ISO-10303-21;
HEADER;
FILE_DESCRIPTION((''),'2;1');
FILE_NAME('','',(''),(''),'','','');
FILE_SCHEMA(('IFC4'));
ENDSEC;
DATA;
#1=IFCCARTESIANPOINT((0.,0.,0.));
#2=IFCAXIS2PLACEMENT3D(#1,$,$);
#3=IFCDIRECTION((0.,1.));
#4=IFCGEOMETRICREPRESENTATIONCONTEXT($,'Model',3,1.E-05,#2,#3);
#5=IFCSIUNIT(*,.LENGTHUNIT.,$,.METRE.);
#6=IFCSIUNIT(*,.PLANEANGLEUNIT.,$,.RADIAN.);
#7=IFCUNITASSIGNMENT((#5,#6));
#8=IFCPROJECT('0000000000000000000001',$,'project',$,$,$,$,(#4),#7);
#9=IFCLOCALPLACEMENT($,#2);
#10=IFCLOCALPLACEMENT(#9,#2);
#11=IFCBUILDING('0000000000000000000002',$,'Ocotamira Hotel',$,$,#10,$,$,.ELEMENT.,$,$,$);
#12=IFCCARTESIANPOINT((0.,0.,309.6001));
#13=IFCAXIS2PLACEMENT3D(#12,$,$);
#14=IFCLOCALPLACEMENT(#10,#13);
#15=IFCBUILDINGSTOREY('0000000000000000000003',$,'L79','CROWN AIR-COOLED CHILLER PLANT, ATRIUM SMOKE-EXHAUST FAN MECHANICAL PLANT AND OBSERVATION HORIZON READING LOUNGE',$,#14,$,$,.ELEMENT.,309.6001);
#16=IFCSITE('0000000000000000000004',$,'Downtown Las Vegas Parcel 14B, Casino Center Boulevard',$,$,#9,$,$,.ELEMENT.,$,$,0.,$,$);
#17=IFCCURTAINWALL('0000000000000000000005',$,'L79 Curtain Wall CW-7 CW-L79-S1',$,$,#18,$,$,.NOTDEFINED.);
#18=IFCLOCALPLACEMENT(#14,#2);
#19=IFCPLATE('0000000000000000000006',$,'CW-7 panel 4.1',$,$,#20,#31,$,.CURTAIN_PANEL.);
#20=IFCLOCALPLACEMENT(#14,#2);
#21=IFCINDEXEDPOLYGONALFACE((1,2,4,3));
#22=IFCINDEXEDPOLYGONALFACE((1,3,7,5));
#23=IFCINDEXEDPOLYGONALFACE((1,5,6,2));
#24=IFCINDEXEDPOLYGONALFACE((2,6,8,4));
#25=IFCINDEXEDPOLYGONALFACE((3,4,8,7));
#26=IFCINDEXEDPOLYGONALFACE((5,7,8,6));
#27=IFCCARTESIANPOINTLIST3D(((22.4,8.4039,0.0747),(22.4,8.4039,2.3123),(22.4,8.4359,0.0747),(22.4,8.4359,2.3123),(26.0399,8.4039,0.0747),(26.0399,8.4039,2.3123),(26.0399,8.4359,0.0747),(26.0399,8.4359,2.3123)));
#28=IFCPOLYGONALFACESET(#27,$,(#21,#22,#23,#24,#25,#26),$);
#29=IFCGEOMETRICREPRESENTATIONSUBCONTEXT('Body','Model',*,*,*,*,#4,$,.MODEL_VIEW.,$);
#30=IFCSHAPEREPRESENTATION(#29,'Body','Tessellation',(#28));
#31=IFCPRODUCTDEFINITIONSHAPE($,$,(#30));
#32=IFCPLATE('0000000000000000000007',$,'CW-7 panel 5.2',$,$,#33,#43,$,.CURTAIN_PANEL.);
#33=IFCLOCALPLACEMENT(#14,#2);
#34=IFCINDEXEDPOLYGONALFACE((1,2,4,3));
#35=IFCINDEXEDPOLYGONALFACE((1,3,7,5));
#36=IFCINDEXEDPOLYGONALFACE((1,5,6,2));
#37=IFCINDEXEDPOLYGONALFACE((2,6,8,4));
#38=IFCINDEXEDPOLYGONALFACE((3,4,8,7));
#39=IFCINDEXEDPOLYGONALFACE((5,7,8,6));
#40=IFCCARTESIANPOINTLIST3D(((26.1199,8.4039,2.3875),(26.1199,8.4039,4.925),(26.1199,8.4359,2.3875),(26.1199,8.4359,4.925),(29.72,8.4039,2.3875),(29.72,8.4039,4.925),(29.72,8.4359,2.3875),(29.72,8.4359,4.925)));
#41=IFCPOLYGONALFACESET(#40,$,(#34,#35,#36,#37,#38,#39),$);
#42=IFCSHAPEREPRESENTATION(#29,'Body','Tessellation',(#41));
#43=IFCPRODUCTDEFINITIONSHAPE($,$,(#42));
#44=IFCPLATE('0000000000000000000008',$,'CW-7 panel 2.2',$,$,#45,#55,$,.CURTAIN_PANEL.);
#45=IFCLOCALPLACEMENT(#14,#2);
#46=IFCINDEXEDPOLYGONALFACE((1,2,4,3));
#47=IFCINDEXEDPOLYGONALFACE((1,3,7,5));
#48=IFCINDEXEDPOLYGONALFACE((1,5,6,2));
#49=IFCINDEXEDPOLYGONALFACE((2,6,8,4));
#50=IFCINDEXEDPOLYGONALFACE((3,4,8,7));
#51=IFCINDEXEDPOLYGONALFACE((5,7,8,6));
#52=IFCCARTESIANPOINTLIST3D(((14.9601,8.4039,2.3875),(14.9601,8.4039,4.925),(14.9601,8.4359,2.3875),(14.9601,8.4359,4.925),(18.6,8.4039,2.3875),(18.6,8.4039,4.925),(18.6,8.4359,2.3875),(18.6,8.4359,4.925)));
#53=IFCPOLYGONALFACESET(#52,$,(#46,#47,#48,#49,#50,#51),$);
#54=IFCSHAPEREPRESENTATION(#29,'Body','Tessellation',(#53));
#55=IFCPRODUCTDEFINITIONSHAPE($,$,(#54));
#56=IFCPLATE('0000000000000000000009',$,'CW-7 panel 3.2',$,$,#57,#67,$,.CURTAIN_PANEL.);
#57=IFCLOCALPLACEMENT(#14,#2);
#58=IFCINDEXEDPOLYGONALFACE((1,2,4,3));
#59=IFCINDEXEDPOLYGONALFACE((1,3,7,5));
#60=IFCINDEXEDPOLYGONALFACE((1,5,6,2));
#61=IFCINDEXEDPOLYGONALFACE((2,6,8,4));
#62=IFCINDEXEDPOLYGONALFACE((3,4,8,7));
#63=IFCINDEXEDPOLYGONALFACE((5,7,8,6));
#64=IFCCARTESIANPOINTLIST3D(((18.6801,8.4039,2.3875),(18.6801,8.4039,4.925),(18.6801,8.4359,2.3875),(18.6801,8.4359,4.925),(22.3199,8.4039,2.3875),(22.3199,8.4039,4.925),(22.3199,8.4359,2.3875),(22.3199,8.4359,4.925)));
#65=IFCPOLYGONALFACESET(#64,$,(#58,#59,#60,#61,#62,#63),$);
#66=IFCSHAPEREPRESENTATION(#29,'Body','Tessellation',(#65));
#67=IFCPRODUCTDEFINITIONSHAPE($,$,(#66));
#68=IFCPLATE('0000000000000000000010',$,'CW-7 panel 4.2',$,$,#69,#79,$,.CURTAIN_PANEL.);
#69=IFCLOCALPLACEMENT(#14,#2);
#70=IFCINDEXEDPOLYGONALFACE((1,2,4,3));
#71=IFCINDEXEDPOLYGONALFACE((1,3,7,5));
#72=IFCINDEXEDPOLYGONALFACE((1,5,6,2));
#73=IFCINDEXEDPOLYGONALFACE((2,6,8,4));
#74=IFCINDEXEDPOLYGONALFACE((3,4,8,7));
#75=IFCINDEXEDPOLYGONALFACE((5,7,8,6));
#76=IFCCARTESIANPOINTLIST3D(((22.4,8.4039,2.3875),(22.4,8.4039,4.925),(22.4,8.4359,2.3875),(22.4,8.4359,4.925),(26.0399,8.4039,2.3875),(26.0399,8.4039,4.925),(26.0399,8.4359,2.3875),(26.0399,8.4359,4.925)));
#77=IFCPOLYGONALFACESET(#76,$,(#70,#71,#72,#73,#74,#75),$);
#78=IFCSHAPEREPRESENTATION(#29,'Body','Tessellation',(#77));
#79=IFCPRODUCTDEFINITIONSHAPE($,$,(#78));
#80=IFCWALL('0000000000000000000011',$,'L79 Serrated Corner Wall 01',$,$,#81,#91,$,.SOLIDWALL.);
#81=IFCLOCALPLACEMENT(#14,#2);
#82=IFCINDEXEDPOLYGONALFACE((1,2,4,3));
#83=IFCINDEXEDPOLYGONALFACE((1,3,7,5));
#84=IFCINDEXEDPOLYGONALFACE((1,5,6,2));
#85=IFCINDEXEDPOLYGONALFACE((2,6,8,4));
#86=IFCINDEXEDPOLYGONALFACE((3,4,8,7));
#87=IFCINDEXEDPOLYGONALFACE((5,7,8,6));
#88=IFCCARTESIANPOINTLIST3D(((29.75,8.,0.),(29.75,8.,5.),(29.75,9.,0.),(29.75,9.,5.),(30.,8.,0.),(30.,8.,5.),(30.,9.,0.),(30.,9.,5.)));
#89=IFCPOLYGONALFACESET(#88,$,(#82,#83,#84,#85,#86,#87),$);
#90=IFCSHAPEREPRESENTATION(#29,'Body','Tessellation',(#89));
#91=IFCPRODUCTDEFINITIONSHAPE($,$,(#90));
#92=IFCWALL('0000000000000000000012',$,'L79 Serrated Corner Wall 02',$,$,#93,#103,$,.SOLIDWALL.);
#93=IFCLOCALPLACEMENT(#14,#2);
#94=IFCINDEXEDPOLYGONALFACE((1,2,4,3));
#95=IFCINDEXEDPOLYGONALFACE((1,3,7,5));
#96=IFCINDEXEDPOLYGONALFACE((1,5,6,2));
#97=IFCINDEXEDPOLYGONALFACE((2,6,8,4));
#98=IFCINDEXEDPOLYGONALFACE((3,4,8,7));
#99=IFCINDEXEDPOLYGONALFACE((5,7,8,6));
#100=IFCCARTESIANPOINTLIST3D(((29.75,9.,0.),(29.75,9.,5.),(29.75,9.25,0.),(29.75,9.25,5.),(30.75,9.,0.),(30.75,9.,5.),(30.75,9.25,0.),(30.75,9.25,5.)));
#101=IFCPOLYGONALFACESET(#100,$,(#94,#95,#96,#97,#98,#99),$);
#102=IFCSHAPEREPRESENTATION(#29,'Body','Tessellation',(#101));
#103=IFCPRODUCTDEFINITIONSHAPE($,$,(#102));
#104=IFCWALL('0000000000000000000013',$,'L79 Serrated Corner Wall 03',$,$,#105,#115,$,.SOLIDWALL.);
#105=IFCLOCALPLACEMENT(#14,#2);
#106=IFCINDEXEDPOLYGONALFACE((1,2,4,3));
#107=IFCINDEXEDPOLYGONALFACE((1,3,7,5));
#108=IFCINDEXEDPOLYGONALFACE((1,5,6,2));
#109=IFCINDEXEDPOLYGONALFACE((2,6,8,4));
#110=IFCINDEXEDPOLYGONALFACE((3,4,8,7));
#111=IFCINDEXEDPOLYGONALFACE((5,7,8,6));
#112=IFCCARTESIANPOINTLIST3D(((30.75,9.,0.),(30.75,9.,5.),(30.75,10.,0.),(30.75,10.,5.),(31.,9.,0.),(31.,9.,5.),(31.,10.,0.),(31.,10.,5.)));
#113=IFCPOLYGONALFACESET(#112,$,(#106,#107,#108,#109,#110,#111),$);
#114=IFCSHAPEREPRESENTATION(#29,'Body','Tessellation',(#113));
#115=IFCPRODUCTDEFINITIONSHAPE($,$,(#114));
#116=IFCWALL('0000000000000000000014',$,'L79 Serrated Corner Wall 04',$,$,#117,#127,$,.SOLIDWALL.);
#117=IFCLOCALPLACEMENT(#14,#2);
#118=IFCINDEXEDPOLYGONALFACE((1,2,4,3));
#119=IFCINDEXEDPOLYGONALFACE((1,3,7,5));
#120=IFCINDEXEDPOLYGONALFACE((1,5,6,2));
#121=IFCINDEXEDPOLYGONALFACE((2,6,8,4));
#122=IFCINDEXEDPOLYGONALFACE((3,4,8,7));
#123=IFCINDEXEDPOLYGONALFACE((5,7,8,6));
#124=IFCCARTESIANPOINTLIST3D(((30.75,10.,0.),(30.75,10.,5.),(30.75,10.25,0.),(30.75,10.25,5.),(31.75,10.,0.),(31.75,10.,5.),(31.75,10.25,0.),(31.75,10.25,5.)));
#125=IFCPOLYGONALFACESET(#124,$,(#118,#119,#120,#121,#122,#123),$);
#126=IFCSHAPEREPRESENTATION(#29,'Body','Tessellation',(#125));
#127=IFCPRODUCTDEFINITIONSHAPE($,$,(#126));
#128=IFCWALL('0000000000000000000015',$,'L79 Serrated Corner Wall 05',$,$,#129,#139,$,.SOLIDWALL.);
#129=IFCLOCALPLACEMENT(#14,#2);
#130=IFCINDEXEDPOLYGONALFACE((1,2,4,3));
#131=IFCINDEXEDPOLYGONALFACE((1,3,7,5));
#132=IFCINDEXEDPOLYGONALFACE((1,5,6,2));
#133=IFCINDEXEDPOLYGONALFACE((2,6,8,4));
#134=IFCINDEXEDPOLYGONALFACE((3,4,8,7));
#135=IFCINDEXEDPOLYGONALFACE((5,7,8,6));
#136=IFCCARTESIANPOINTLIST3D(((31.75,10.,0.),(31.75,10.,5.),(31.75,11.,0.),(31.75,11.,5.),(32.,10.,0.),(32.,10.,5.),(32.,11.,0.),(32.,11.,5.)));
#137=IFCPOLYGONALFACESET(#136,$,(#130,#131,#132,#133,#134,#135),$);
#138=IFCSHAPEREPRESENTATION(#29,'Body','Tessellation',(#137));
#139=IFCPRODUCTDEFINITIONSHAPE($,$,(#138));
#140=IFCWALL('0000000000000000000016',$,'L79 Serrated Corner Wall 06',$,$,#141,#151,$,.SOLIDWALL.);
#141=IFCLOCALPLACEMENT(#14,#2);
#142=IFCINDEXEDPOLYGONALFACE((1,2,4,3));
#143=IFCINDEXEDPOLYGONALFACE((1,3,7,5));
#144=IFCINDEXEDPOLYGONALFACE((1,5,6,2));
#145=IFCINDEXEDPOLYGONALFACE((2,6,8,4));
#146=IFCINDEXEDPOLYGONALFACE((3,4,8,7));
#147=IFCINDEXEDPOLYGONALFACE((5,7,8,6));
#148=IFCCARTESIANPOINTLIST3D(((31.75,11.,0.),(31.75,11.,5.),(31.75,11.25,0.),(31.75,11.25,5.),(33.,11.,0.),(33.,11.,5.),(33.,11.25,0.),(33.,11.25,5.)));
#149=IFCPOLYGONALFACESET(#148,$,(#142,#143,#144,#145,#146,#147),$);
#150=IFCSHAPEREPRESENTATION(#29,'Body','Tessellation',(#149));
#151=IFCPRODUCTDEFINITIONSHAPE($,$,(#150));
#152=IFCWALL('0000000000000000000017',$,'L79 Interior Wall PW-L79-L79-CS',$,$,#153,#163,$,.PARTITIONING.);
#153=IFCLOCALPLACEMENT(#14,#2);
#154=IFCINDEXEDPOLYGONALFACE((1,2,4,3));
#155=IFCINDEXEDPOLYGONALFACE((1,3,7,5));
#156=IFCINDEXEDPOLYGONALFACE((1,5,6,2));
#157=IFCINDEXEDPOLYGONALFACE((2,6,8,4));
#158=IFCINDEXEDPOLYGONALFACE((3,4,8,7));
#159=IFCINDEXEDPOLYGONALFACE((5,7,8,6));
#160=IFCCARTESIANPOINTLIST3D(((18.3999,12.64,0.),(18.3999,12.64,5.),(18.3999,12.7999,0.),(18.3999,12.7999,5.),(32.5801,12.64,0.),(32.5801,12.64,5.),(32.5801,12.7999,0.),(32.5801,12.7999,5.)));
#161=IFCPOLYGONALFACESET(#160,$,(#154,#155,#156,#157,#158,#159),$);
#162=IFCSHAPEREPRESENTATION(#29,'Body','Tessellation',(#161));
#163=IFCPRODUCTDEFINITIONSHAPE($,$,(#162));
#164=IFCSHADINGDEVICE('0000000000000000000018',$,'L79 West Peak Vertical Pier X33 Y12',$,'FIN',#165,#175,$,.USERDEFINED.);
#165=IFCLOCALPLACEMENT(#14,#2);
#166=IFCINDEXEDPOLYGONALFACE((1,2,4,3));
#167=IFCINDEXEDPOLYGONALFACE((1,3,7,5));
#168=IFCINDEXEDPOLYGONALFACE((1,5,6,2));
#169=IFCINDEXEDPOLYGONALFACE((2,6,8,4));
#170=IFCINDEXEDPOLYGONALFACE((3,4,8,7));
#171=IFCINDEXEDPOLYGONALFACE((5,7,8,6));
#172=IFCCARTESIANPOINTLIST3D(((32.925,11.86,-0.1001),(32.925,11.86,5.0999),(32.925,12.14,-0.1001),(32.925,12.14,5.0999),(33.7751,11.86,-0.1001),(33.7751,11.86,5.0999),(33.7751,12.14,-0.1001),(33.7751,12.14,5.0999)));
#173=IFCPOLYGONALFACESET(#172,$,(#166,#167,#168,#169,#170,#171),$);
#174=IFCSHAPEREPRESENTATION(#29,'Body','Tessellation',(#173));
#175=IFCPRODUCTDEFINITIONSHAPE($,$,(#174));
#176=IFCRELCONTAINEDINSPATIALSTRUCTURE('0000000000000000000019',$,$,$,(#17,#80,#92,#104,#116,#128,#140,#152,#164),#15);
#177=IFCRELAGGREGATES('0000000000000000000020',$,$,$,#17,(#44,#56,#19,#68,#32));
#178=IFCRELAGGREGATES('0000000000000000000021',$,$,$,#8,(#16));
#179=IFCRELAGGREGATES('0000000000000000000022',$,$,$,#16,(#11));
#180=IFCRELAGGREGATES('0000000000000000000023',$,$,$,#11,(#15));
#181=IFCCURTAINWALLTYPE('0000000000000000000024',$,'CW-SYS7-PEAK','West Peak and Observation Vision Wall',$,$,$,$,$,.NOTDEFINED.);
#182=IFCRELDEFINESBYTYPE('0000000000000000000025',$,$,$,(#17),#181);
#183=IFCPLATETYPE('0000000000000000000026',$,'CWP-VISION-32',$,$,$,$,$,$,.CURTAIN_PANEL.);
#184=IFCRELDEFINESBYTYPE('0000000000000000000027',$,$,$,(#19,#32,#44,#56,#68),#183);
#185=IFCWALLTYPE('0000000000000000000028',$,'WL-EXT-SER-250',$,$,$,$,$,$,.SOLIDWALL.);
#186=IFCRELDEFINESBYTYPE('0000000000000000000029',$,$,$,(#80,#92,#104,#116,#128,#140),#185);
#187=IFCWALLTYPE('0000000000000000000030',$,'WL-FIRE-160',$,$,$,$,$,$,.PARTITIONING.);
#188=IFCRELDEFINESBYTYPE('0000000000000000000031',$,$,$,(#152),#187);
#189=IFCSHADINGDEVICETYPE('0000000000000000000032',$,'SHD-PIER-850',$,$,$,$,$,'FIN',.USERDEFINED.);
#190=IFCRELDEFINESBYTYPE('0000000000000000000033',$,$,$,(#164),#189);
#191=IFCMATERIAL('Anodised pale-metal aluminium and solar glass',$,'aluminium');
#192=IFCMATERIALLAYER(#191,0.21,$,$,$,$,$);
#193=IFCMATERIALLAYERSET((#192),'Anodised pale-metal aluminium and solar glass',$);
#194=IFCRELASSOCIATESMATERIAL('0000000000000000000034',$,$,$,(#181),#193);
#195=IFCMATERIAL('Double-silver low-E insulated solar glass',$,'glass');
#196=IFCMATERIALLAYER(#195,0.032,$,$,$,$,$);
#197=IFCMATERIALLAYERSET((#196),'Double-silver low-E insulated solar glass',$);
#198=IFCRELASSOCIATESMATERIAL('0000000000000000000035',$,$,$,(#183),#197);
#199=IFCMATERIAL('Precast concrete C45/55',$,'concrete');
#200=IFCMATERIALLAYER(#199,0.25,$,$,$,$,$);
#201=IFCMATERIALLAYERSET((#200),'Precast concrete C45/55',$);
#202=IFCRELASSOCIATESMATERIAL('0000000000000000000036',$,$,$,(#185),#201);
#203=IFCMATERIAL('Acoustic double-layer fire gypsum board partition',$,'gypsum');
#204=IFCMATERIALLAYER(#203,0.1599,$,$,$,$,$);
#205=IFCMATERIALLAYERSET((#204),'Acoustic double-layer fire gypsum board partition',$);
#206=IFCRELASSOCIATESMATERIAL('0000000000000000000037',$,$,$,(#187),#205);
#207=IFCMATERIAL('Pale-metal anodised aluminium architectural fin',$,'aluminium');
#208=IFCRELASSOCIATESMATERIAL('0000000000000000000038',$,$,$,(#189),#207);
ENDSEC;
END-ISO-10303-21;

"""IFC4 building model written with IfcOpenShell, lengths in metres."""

from ifc_helpers import new_model, si_unit, direction, frame, frame_2d, origin, origin_2d, place, context, subcontext, project, spatial, rectangle, extrude, source, transform, mapped, material, layer, layer_set, type_object, element, aggregate, save


model = new_model("IFC4")

# Units and contexts
model_context = context("Model", 3, precision=1e-05, world=origin(), true_north=direction((0.0, 1.0)))
body_context = subcontext(model_context, "Body", "Model", "MODEL_VIEW")
ifc_project = project(units=[si_unit("LENGTHUNIT", "METRE"), si_unit("PLANEANGLEUNIT", "RADIAN")], contexts=[model_context])

# Site, building, storey
site_placement = place(None, origin())
site = spatial("IfcSite", under=ifc_project, at=site_placement, Name="Downtown Las Vegas Parcel 14B, Casino Center Boulevard", CompositionType="ELEMENT", RefElevation=0.0)
building_placement = place(site_placement, origin())
building = spatial("IfcBuilding", under=site, at=building_placement, Name="Ocotamira Hotel", CompositionType="ELEMENT")
storey_placement = place(building_placement, frame((0.0, 0.0, 309.6001)))
storey = spatial("IfcBuildingStorey", under=building, at=storey_placement, Name="L79", Description="CROWN AIR-COOLED CHILLER PLANT, ATRIUM SMOKE-EXHAUST FAN MECHANICAL PLANT AND OBSERVATION HORIZON READING LOUNGE", CompositionType="ELEMENT", Elevation=309.6001)

# Curtain wall
ifc_material_1 = material(Name="Anodised pale-metal aluminium and solar glass", Category="aluminium")
ifc_layer_1 = layer(ifc_material_1, 0.21)
ifc_layer_set_1 = layer_set([ifc_layer_1], Name="Anodised pale-metal aluminium and solar glass")
curtain_wall_type = type_object("IfcCurtainWallType", Name="CW-SYS7-PEAK", Description="West Peak and Observation Vision Wall", PredefinedType="NOTDEFINED", material=ifc_layer_set_1)
curtain_wall_1_placement = place(storey_placement, origin())
curtain_wall_1 = element("IfcCurtainWall", 1, at=curtain_wall_1_placement, inside=storey, type_object=curtain_wall_type, Name="L79 Curtain Wall CW-7 CW-L79-S1", PredefinedType="NOTDEFINED")

# Plates
ifc_material_2 = material(Name="Double-silver low-E insulated solar glass", Category="glass")
ifc_layer_2 = layer(ifc_material_2, 0.032)
ifc_layer_set_2 = layer_set([ifc_layer_2], Name="Double-silver low-E insulated solar glass")
plate_type = type_object("IfcPlateType", Name="CWP-VISION-32", PredefinedType="CURTAIN_PANEL", material=ifc_layer_set_2)
shared_shape_1 = source(origin(), body_context, "Body", "SweptSolid", [
    extrude(rectangle(XDim=3.6399, YDim=0.032, at=origin_2d()), origin(), (0.0, 0.0, 1.0), 2.2375),
])
plate_1_placement = place(storey_placement, frame((24.22, 8.4199, 0.0747), z_axis=(0.0, 0.0, 1.0), x_axis=(1.0, 0.0, 0.0)))
plate_1 = element("IfcPlate", 2, at=plate_1_placement, type_object=plate_type, Name="CW-7 panel 4.1", PredefinedType="CURTAIN_PANEL", context=body_context, shape_type="MappedRepresentation", body=[
    mapped(shared_shape_1, transform((0.0, 0.0, 0.0), scale=1.0)),
])
shared_shape_2 = source(origin(), body_context, "Body", "SweptSolid", [
    extrude(rectangle(XDim=3.6001, YDim=0.032, at=origin_2d()), origin(), (0.0, 0.0, 1.0), 2.5376),
])
plate_2_placement = place(storey_placement, frame((27.9199, 8.4199, 2.3875), z_axis=(0.0, 0.0, 1.0), x_axis=(1.0, 0.0, 0.0)))
plate_2 = element("IfcPlate", 3, at=plate_2_placement, type_object=plate_type, Name="CW-7 panel 5.2", PredefinedType="CURTAIN_PANEL", context=body_context, shape_type="MappedRepresentation", body=[
    mapped(shared_shape_2, transform((0.0, 0.0, 0.0), scale=1.0)),
])
shared_shape_3 = source(origin(), body_context, "Body", "SweptSolid", [
    extrude(rectangle(XDim=3.6399, YDim=0.032, at=origin_2d()), origin(), (0.0, 0.0, 1.0), 2.5376),
])
plate_3_placement = place(storey_placement, frame((16.78, 8.4199, 2.3875), z_axis=(0.0, 0.0, 1.0), x_axis=(1.0, 0.0, 0.0)))
plate_3 = element("IfcPlate", 4, at=plate_3_placement, type_object=plate_type, Name="CW-7 panel 2.2", PredefinedType="CURTAIN_PANEL", context=body_context, shape_type="MappedRepresentation", body=[
    mapped(shared_shape_3, transform((0.0, 0.0, 0.0), scale=1.0)),
])
plate_4_placement = place(storey_placement, frame((20.5, 8.4199, 2.3875), z_axis=(0.0, 0.0, 1.0), x_axis=(1.0, 0.0, 0.0)))
plate_4 = element("IfcPlate", 5, at=plate_4_placement, type_object=plate_type, Name="CW-7 panel 3.2", PredefinedType="CURTAIN_PANEL", context=body_context, shape_type="MappedRepresentation", body=[
    mapped(shared_shape_3, transform((0.0, 0.0, 0.0), scale=1.0)),
])
plate_5_placement = place(storey_placement, frame((24.22, 8.4199, 2.3875), z_axis=(0.0, 0.0, 1.0), x_axis=(1.0, 0.0, 0.0)))
plate_5 = element("IfcPlate", 6, at=plate_5_placement, type_object=plate_type, Name="CW-7 panel 4.2", PredefinedType="CURTAIN_PANEL", context=body_context, shape_type="MappedRepresentation", body=[
    mapped(shared_shape_3, transform((0.0, 0.0, 0.0), scale=1.0)),
])
aggregate(curtain_wall_1, [plate_3, plate_4, plate_1, plate_5, plate_2])

# Walls
ifc_material_3 = material(Name="Precast concrete C45/55", Category="concrete")
ifc_layer_3 = layer(ifc_material_3, 0.25)
ifc_layer_set_3 = layer_set([ifc_layer_3], Name="Precast concrete C45/55")
wall_type_1 = type_object("IfcWallType", Name="WL-EXT-SER-250", PredefinedType="SOLIDWALL", material=ifc_layer_set_3)
for number, where, z_axis, x_axis, name in (
    (7, (29.875, 8.0, 0.0), (0.0, 0.0, 1.0), (0.0, 1.0, 0.0), "L79 Serrated Corner Wall 01"),
    (8, (29.75, 9.125, 0.0), (0.0, 0.0, 1.0), (1.0, 0.0, 0.0), "L79 Serrated Corner Wall 02"),
    (9, (30.875, 9.0, 0.0), (0.0, 0.0, 1.0), (0.0, 1.0, 0.0), "L79 Serrated Corner Wall 03"),
    (10, (30.75, 10.125, 0.0), (0.0, 0.0, 1.0), (1.0, 0.0, 0.0), "L79 Serrated Corner Wall 04"),
    (11, (31.875, 10.0, 0.0), (0.0, 0.0, 1.0), (0.0, 1.0, 0.0), "L79 Serrated Corner Wall 05"),
):
    element("IfcWall", number, at=place(storey_placement, frame(where, z_axis=z_axis, x_axis=x_axis)), inside=storey, type_object=wall_type_1, Name=name, PredefinedType="SOLIDWALL", context=body_context, shape_type="SweptSolid", body=[
        extrude(rectangle(XDim=1.0, YDim=0.25, at=frame_2d((0.5, 0.0))), origin(), (0.0, 0.0, 1.0), 5.0),
    ])
wall_1_placement = place(storey_placement, frame((31.75, 11.125, 0.0), z_axis=(0.0, 0.0, 1.0), x_axis=(1.0, 0.0, 0.0)))
element("IfcWall", 12, at=wall_1_placement, inside=storey, type_object=wall_type_1, Name="L79 Serrated Corner Wall 06", PredefinedType="SOLIDWALL", context=body_context, shape_type="SweptSolid", body=[
    extrude(rectangle(XDim=1.25, YDim=0.25, at=frame_2d((0.625, 0.0))), origin(), (0.0, 0.0, 1.0), 5.0),
])
ifc_material_4 = material(Name="Acoustic double-layer fire gypsum board partition", Category="gypsum")
ifc_layer_4 = layer(ifc_material_4, 0.1599)
ifc_layer_set_4 = layer_set([ifc_layer_4], Name="Acoustic double-layer fire gypsum board partition")
wall_type_2 = type_object("IfcWallType", Name="WL-FIRE-160", PredefinedType="PARTITIONING", material=ifc_layer_set_4)
wall_2_placement = place(storey_placement, frame((18.3999, 12.72, 0.0), z_axis=(0.0, 0.0, 1.0), x_axis=(1.0, 0.0, 0.0)))
element("IfcWall", 13, at=wall_2_placement, inside=storey, type_object=wall_type_2, Name="L79 Interior Wall PW-L79-L79-CS", PredefinedType="PARTITIONING", context=body_context, shape_type="SweptSolid", body=[
    extrude(rectangle(XDim=14.1802, YDim=0.1599, at=frame_2d((7.0901, 0.0))), origin(), (0.0, 0.0, 1.0), 5.0),
])

# Shading device
ifc_material_5 = material(Name="Pale-metal anodised aluminium architectural fin", Category="aluminium")
shading_device_type = type_object("IfcShadingDeviceType", Name="SHD-PIER-850", ElementType="FIN", PredefinedType="USERDEFINED", material=ifc_material_5)
shared_shape_4 = source(origin(), body_context, "Body", "SweptSolid", [
    extrude(rectangle(XDim=0.8501, YDim=0.28, at=origin_2d()), origin(), (0.0, 0.0, 1.0), 5.2),
])
shading_device_placement = place(storey_placement, frame((33.3501, 12.0, -0.1001), z_axis=(0.0, 0.0, 1.0), x_axis=(1.0, 0.0, 0.0)))
element("IfcShadingDevice", 14, at=shading_device_placement, inside=storey, type_object=shading_device_type, Name="L79 West Peak Vertical Pier X33 Y12", ObjectType="FIN", PredefinedType="USERDEFINED", context=body_context, shape_type="MappedRepresentation", body=[
    mapped(shared_shape_4, transform((0.0, 0.0, 0.0), scale=1.0)),
])

save(model, "model.ifc")
